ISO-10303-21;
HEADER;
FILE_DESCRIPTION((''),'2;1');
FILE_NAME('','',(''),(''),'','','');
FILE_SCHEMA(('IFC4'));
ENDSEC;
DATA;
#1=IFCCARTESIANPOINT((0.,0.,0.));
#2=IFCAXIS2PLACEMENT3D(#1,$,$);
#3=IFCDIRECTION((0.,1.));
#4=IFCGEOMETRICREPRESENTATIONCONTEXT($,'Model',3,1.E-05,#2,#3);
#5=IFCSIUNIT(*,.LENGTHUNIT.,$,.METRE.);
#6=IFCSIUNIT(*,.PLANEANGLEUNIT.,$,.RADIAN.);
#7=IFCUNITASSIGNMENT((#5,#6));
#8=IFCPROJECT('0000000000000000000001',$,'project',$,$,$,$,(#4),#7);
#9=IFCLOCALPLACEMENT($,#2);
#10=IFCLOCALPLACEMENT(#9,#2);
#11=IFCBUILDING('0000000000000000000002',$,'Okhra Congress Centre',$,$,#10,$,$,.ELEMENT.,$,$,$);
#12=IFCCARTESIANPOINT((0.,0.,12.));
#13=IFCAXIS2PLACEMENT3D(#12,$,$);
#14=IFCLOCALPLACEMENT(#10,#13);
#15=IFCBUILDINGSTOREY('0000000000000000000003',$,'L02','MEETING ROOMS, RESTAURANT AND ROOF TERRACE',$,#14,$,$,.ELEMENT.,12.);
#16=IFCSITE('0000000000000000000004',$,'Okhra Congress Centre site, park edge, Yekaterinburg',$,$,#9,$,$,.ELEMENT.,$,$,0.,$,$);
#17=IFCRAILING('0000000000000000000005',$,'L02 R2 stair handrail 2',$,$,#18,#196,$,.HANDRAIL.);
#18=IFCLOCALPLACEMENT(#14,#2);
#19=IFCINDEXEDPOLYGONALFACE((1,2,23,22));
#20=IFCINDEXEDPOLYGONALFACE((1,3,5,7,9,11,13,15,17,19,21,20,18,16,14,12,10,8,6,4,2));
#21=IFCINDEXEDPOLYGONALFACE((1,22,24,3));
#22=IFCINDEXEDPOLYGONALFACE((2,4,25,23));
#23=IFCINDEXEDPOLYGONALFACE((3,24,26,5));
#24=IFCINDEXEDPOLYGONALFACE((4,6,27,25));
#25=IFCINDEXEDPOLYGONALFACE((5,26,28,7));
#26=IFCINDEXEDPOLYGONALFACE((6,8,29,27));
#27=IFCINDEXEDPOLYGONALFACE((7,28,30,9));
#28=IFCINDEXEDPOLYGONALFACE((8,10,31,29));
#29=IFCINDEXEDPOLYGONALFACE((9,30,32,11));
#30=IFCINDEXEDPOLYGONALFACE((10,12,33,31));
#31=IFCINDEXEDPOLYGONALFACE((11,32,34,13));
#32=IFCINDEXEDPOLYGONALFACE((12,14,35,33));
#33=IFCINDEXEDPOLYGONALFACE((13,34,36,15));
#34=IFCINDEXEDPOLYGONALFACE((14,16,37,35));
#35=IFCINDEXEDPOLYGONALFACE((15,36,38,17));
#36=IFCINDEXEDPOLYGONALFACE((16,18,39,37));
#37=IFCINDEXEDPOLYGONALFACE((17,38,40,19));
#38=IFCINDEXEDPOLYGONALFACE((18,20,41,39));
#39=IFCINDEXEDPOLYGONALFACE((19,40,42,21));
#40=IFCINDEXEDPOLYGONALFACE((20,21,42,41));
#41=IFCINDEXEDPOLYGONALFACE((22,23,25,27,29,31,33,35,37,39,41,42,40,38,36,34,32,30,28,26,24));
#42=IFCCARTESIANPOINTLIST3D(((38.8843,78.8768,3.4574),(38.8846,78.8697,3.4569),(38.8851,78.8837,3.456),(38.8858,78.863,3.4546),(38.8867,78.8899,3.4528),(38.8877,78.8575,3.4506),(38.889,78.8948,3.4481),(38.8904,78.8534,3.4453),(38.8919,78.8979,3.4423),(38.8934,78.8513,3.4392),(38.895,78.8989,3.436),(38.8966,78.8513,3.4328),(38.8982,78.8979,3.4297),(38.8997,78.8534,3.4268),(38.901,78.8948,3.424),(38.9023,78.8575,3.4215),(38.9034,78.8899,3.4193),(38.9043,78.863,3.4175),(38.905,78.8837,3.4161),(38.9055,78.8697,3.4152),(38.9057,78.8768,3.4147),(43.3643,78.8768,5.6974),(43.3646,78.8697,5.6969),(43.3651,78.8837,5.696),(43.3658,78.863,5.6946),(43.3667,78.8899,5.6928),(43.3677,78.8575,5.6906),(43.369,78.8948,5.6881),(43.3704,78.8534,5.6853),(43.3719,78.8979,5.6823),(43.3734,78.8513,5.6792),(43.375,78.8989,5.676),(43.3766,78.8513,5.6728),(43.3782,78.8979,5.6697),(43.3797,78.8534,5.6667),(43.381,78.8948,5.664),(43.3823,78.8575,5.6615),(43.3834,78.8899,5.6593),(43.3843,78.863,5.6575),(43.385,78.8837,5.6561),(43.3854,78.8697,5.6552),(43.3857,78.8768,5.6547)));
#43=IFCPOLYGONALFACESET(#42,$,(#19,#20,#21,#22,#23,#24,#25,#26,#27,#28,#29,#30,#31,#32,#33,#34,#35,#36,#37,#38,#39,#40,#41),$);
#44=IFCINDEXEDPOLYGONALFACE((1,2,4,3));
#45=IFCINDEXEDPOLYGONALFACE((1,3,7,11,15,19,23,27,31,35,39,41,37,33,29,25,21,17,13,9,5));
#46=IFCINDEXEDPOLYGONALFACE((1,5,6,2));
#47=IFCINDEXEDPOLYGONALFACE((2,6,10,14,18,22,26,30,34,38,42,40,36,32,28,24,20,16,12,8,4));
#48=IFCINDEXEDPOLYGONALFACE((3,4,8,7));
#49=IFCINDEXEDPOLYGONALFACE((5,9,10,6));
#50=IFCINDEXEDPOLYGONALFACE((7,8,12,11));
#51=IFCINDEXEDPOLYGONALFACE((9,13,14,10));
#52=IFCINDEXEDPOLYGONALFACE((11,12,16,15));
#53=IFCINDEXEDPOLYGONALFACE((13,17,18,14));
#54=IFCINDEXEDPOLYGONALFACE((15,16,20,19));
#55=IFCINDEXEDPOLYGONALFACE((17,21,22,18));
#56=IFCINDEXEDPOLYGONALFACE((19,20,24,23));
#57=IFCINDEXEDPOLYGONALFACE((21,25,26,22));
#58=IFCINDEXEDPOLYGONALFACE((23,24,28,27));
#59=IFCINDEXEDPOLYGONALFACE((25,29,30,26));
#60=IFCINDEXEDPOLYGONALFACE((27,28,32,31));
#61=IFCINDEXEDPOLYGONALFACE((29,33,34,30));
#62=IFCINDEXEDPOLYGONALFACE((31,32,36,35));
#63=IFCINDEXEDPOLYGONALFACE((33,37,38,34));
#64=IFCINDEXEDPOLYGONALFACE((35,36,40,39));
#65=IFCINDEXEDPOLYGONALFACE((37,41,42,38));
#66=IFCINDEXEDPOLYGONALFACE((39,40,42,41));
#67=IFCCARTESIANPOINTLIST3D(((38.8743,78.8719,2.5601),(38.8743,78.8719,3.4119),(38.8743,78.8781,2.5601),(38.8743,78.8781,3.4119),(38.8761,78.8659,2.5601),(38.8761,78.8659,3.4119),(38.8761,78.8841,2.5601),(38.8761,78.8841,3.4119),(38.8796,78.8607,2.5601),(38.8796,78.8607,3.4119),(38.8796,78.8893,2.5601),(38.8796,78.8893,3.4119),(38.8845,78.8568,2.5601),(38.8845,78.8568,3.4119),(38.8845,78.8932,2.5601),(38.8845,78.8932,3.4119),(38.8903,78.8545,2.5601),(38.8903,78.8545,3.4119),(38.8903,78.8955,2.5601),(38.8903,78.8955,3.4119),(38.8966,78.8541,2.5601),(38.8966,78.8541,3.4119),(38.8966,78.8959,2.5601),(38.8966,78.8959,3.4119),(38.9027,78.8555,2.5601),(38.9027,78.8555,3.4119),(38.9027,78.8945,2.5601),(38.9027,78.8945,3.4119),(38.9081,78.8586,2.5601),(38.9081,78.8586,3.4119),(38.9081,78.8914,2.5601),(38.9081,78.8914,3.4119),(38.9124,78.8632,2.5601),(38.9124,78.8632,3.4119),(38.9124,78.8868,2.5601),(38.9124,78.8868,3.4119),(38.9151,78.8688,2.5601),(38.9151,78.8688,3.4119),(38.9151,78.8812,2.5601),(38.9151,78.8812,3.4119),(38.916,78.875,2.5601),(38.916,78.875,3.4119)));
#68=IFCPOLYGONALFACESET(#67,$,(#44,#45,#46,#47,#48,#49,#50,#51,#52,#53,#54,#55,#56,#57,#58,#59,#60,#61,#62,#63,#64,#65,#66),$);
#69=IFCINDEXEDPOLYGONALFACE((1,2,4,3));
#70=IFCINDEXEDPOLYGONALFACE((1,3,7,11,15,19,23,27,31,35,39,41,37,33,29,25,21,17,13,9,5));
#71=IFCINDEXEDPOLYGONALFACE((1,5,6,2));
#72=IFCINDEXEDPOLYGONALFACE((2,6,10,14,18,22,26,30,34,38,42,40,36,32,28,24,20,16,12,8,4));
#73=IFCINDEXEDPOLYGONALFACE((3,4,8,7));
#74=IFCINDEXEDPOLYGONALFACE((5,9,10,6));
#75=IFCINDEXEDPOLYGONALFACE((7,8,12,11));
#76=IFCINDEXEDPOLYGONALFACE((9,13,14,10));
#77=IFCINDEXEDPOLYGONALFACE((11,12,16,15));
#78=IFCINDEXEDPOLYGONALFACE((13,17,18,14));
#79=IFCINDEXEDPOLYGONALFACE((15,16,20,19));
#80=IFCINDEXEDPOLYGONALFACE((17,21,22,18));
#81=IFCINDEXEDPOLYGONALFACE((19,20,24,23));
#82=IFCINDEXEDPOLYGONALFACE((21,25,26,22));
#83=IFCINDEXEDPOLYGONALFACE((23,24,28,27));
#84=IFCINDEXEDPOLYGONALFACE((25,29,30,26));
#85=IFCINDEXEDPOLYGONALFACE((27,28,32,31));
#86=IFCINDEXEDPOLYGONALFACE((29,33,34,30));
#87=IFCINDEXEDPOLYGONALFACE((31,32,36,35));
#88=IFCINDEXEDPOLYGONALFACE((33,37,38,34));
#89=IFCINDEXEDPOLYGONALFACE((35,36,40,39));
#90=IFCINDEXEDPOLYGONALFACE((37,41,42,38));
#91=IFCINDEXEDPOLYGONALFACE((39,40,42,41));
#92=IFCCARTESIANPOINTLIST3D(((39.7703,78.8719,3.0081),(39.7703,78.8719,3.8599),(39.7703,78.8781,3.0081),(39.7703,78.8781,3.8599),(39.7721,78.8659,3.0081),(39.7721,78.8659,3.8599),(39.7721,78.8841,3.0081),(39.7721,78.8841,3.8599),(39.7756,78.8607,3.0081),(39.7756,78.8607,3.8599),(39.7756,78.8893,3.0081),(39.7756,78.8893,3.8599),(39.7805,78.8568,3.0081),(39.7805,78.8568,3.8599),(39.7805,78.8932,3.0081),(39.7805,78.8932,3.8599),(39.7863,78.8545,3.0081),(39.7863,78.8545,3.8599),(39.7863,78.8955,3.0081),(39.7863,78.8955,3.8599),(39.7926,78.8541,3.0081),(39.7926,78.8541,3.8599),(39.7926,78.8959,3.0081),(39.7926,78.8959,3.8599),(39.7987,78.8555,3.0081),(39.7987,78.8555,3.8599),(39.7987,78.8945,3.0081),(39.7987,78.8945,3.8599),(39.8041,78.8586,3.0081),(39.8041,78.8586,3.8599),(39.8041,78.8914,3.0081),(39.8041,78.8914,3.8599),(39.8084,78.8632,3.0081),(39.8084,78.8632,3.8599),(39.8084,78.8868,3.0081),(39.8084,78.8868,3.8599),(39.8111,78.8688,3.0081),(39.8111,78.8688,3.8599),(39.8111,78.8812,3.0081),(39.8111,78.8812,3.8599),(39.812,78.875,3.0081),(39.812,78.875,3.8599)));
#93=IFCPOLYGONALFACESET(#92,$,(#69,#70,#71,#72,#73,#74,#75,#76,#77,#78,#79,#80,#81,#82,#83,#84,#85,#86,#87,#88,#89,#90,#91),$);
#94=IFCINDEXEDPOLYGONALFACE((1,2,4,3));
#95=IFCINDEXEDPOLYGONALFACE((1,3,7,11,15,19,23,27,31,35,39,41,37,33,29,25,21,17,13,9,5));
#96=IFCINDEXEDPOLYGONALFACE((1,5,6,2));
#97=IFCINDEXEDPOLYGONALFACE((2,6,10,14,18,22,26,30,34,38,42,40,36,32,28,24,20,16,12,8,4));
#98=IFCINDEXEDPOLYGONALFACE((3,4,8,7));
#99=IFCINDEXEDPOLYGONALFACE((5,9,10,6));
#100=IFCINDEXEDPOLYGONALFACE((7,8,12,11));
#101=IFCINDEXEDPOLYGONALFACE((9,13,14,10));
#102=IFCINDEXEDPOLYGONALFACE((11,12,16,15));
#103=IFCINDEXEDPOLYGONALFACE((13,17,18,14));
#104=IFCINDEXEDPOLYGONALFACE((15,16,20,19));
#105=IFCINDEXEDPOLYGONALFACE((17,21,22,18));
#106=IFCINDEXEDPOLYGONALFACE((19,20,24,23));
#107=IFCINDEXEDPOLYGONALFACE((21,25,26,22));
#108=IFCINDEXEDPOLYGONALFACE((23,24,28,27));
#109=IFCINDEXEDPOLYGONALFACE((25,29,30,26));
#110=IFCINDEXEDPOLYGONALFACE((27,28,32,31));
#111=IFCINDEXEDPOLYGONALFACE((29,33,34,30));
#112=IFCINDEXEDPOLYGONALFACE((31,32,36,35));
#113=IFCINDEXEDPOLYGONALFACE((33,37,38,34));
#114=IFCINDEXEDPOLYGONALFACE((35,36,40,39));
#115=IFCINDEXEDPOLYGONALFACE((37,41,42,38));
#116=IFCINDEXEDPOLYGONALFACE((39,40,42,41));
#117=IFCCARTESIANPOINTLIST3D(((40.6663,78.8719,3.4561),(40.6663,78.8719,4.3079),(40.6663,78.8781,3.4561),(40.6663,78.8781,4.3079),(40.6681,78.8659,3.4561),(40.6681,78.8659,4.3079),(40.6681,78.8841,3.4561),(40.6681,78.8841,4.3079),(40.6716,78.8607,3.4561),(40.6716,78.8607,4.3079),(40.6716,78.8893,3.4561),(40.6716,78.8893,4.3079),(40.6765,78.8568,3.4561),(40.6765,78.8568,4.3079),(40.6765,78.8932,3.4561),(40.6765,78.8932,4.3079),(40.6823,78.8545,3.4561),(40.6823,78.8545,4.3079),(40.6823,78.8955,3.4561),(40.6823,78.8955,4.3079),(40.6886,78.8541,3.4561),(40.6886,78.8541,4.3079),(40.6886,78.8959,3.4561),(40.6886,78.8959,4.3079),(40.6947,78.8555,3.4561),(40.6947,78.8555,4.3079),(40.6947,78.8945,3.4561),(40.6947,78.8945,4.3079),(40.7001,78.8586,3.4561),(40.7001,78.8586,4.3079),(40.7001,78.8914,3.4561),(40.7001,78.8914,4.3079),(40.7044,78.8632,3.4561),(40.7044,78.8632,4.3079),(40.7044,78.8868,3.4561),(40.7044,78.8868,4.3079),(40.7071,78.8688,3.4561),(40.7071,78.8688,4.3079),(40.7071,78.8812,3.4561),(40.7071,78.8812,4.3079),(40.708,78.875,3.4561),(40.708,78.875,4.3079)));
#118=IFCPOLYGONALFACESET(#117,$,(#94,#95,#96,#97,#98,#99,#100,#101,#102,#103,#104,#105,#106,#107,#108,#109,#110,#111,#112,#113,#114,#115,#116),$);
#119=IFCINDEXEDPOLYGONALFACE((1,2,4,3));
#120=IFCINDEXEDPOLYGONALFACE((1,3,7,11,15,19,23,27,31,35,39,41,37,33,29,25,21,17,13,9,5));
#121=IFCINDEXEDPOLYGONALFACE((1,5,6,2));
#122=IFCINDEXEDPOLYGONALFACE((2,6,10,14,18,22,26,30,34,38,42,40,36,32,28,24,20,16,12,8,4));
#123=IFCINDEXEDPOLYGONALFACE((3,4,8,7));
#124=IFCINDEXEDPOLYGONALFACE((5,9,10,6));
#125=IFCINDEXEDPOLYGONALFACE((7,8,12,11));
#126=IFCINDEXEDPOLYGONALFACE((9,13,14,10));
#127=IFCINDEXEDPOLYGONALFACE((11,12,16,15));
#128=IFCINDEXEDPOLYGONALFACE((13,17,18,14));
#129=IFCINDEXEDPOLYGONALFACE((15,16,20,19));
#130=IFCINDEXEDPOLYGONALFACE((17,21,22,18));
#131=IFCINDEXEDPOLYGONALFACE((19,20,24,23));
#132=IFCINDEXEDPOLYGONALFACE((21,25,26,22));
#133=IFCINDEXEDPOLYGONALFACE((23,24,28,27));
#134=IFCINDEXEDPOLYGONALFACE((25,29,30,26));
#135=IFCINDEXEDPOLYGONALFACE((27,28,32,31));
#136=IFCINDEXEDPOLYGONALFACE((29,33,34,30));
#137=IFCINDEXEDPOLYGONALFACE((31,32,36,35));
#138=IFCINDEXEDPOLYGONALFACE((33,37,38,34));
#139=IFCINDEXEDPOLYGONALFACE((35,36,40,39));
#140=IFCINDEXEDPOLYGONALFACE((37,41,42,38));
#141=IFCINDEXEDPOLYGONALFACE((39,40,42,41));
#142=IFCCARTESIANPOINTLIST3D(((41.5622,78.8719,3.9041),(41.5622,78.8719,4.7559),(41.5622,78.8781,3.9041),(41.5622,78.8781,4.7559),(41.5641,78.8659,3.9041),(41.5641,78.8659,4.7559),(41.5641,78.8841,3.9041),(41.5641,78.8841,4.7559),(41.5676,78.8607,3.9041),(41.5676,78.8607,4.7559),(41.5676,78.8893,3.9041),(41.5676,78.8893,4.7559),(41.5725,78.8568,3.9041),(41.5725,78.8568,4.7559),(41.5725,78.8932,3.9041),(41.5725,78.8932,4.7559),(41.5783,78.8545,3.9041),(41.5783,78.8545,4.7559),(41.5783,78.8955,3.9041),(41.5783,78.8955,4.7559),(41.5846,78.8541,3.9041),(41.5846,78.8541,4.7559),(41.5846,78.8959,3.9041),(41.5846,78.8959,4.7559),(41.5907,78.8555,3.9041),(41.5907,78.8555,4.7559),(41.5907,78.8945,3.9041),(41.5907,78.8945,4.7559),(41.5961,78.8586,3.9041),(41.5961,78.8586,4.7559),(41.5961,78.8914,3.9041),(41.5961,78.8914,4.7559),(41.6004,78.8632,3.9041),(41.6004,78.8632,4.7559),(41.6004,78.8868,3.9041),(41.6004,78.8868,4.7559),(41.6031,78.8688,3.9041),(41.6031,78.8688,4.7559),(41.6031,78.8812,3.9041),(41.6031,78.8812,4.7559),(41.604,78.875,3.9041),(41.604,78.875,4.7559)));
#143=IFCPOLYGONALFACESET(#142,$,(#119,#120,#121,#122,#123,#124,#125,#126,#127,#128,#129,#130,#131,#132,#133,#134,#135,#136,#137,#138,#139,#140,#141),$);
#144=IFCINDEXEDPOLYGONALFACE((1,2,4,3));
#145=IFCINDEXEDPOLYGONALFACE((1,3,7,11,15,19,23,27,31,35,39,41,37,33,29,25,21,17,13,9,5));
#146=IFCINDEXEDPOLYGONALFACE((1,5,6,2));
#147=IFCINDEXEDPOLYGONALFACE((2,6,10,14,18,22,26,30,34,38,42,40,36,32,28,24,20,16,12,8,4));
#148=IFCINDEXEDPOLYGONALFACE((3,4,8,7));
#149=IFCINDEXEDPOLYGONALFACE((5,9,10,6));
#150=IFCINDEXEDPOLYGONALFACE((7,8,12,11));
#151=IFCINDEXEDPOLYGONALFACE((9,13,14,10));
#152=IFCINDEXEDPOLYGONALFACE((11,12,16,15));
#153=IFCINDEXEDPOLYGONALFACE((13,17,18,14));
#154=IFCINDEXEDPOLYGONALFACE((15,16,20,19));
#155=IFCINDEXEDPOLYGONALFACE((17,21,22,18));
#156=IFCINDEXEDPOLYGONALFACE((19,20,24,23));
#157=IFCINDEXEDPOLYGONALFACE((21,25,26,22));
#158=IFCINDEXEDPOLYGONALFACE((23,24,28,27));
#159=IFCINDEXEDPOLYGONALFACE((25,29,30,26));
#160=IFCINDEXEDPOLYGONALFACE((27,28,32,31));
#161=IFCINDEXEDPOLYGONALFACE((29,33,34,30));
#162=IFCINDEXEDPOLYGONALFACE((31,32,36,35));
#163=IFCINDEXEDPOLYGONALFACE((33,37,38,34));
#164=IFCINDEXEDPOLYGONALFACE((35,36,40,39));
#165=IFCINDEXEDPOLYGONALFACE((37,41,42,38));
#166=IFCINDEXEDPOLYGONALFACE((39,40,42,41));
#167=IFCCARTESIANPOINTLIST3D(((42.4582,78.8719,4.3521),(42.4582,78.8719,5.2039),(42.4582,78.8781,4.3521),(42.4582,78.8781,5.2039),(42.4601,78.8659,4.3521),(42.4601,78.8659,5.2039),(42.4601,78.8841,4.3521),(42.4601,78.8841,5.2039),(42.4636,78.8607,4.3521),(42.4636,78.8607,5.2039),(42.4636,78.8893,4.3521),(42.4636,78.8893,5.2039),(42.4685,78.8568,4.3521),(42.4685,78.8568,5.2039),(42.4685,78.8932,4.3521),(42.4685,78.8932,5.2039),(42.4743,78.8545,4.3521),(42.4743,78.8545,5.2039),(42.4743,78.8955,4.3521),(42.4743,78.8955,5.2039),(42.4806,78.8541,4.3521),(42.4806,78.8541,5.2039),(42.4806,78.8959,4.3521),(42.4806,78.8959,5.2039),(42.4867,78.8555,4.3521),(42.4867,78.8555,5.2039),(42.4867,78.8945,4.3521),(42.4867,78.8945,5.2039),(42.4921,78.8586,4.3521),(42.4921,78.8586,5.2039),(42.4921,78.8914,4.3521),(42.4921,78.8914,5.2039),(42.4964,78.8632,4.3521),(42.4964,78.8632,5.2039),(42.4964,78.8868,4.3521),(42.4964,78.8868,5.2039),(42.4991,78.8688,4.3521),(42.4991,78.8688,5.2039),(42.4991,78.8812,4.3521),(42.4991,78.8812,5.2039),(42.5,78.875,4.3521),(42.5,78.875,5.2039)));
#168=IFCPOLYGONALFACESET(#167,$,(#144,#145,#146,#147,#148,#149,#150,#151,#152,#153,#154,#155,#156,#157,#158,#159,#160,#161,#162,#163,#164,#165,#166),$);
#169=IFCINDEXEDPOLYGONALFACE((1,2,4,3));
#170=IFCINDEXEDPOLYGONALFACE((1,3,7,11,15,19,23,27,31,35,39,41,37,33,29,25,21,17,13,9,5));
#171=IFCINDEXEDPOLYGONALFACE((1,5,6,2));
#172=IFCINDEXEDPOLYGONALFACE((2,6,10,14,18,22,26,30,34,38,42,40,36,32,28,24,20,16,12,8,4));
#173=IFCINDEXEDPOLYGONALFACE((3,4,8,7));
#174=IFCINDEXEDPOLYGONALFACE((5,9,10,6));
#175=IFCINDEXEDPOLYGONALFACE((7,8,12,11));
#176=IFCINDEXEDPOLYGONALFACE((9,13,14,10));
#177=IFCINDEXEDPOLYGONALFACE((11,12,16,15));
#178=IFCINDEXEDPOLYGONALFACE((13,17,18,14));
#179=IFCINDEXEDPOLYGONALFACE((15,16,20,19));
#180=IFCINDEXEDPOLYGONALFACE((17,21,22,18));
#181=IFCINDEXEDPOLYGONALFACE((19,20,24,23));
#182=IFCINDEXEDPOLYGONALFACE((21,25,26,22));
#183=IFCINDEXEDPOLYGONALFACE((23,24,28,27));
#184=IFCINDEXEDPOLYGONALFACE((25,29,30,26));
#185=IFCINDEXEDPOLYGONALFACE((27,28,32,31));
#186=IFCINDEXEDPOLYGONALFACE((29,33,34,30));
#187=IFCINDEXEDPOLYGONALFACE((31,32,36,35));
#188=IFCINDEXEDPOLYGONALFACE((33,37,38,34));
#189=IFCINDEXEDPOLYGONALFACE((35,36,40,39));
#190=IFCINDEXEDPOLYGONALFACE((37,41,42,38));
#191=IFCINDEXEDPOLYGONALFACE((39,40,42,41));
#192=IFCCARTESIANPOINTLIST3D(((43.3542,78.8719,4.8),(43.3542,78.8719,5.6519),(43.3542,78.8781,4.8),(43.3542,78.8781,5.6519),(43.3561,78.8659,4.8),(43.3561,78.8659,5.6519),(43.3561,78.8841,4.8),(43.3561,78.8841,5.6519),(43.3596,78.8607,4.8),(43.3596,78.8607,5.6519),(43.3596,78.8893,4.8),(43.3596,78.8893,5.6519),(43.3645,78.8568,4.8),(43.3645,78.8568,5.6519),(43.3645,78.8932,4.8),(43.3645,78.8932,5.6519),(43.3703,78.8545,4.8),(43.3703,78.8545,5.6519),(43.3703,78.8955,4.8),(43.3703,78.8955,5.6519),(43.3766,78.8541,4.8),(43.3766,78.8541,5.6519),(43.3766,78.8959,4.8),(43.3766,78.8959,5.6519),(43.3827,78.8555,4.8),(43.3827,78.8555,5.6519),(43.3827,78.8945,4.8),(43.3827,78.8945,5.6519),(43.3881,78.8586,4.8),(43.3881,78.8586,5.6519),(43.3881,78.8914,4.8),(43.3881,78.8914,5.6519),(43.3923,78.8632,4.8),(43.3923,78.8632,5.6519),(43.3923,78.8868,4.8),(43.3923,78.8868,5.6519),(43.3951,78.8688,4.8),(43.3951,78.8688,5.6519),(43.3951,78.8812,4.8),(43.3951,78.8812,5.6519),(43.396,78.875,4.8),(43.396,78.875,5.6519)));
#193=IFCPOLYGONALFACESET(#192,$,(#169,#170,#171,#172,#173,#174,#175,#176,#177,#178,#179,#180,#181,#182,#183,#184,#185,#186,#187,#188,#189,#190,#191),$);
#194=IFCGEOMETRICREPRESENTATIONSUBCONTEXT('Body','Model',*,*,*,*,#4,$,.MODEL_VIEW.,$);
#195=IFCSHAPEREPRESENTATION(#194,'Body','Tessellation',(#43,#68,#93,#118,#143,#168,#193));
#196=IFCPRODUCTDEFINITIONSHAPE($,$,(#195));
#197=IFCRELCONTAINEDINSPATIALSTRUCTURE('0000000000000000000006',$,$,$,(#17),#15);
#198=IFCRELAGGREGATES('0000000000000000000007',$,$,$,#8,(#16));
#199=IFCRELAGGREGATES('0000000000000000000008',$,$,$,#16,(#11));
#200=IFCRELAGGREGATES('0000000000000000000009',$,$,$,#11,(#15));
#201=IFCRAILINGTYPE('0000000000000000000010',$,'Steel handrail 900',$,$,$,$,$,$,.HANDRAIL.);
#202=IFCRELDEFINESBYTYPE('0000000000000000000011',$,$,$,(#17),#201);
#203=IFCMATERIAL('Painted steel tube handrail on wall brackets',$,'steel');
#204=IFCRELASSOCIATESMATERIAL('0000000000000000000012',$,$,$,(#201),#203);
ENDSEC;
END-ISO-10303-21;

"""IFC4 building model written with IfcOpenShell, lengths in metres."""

from ifc_helpers import new_model, si_unit, direction, frame, origin, origin_2d, place, context, subcontext, project, spatial, circle, extrude, material, type_object, element, save


model = new_model("IFC4")

# Units and contexts
model_context = context("Model", 3, precision=1e-05, world=origin(), true_north=direction((0.0, 1.0)))
body_context = subcontext(model_context, "Body", "Model", "MODEL_VIEW")
ifc_project = project(units=[si_unit("LENGTHUNIT", "METRE"), si_unit("PLANEANGLEUNIT", "RADIAN")], contexts=[model_context])

# Site, building, storey
site_placement = place(None, origin())
site = spatial("IfcSite", under=ifc_project, at=site_placement, Name="Okhra Congress Centre site, park edge, Yekaterinburg", CompositionType="ELEMENT", RefElevation=0.0)
building_placement = place(site_placement, origin())
building = spatial("IfcBuilding", under=site, at=building_placement, Name="Okhra Congress Centre", CompositionType="ELEMENT")
storey_placement = place(building_placement, frame((0.0, 0.0, 12.0)))
storey = spatial("IfcBuildingStorey", under=building, at=storey_placement, Name="L02", Description="MEETING ROOMS, RESTAURANT AND ROOF TERRACE", CompositionType="ELEMENT", Elevation=12.0)

# Railing
ifc_material_1 = material(Name="Painted steel tube handrail on wall brackets", Category="steel")
railing_type_1 = type_object("IfcRailingType", Name="Steel handrail 900", PredefinedType="HANDRAIL", material=ifc_material_1)
railing_1_placement = place(storey_placement, frame((38.895, 78.875, 2.5601)))
element("IfcRailing", 1, at=railing_1_placement, inside=storey, type_object=railing_type_1, Name="L02 R2 stair handrail 2", PredefinedType="HANDRAIL", context=body_context, shape_type="SweptSolid", body=[
    extrude(circle(Radius=0.0239, at=origin_2d()), frame((0.0, 0.0, 0.876), z_axis=(0.894427, 0.0, 0.447214), x_axis=(0.0, 1.0, 0.0)), (0.0, 0.0, 1.0), 5.0088),
    extrude(circle(Radius=0.021, at=origin_2d()), origin(), (0.0, 0.0, 1.0), 0.8518),
    extrude(circle(Radius=0.021, at=origin_2d()), frame((0.896, 0.0, 0.448)), (0.0, 0.0, 1.0), 0.8518),
    extrude(circle(Radius=0.021, at=origin_2d()), frame((1.792, 0.0, 0.896)), (0.0, 0.0, 1.0), 0.8518),
    extrude(circle(Radius=0.021, at=origin_2d()), frame((2.688, 0.0, 1.344)), (0.0, 0.0, 1.0), 0.8518),
    extrude(circle(Radius=0.021, at=origin_2d()), frame((3.584, 0.0, 1.792)), (0.0, 0.0, 1.0), 0.8518),
    extrude(circle(Radius=0.021, at=origin_2d()), frame((4.48, 0.0, 2.24)), (0.0, 0.0, 1.0), 0.8518),
])

save(model, "model.ifc")
